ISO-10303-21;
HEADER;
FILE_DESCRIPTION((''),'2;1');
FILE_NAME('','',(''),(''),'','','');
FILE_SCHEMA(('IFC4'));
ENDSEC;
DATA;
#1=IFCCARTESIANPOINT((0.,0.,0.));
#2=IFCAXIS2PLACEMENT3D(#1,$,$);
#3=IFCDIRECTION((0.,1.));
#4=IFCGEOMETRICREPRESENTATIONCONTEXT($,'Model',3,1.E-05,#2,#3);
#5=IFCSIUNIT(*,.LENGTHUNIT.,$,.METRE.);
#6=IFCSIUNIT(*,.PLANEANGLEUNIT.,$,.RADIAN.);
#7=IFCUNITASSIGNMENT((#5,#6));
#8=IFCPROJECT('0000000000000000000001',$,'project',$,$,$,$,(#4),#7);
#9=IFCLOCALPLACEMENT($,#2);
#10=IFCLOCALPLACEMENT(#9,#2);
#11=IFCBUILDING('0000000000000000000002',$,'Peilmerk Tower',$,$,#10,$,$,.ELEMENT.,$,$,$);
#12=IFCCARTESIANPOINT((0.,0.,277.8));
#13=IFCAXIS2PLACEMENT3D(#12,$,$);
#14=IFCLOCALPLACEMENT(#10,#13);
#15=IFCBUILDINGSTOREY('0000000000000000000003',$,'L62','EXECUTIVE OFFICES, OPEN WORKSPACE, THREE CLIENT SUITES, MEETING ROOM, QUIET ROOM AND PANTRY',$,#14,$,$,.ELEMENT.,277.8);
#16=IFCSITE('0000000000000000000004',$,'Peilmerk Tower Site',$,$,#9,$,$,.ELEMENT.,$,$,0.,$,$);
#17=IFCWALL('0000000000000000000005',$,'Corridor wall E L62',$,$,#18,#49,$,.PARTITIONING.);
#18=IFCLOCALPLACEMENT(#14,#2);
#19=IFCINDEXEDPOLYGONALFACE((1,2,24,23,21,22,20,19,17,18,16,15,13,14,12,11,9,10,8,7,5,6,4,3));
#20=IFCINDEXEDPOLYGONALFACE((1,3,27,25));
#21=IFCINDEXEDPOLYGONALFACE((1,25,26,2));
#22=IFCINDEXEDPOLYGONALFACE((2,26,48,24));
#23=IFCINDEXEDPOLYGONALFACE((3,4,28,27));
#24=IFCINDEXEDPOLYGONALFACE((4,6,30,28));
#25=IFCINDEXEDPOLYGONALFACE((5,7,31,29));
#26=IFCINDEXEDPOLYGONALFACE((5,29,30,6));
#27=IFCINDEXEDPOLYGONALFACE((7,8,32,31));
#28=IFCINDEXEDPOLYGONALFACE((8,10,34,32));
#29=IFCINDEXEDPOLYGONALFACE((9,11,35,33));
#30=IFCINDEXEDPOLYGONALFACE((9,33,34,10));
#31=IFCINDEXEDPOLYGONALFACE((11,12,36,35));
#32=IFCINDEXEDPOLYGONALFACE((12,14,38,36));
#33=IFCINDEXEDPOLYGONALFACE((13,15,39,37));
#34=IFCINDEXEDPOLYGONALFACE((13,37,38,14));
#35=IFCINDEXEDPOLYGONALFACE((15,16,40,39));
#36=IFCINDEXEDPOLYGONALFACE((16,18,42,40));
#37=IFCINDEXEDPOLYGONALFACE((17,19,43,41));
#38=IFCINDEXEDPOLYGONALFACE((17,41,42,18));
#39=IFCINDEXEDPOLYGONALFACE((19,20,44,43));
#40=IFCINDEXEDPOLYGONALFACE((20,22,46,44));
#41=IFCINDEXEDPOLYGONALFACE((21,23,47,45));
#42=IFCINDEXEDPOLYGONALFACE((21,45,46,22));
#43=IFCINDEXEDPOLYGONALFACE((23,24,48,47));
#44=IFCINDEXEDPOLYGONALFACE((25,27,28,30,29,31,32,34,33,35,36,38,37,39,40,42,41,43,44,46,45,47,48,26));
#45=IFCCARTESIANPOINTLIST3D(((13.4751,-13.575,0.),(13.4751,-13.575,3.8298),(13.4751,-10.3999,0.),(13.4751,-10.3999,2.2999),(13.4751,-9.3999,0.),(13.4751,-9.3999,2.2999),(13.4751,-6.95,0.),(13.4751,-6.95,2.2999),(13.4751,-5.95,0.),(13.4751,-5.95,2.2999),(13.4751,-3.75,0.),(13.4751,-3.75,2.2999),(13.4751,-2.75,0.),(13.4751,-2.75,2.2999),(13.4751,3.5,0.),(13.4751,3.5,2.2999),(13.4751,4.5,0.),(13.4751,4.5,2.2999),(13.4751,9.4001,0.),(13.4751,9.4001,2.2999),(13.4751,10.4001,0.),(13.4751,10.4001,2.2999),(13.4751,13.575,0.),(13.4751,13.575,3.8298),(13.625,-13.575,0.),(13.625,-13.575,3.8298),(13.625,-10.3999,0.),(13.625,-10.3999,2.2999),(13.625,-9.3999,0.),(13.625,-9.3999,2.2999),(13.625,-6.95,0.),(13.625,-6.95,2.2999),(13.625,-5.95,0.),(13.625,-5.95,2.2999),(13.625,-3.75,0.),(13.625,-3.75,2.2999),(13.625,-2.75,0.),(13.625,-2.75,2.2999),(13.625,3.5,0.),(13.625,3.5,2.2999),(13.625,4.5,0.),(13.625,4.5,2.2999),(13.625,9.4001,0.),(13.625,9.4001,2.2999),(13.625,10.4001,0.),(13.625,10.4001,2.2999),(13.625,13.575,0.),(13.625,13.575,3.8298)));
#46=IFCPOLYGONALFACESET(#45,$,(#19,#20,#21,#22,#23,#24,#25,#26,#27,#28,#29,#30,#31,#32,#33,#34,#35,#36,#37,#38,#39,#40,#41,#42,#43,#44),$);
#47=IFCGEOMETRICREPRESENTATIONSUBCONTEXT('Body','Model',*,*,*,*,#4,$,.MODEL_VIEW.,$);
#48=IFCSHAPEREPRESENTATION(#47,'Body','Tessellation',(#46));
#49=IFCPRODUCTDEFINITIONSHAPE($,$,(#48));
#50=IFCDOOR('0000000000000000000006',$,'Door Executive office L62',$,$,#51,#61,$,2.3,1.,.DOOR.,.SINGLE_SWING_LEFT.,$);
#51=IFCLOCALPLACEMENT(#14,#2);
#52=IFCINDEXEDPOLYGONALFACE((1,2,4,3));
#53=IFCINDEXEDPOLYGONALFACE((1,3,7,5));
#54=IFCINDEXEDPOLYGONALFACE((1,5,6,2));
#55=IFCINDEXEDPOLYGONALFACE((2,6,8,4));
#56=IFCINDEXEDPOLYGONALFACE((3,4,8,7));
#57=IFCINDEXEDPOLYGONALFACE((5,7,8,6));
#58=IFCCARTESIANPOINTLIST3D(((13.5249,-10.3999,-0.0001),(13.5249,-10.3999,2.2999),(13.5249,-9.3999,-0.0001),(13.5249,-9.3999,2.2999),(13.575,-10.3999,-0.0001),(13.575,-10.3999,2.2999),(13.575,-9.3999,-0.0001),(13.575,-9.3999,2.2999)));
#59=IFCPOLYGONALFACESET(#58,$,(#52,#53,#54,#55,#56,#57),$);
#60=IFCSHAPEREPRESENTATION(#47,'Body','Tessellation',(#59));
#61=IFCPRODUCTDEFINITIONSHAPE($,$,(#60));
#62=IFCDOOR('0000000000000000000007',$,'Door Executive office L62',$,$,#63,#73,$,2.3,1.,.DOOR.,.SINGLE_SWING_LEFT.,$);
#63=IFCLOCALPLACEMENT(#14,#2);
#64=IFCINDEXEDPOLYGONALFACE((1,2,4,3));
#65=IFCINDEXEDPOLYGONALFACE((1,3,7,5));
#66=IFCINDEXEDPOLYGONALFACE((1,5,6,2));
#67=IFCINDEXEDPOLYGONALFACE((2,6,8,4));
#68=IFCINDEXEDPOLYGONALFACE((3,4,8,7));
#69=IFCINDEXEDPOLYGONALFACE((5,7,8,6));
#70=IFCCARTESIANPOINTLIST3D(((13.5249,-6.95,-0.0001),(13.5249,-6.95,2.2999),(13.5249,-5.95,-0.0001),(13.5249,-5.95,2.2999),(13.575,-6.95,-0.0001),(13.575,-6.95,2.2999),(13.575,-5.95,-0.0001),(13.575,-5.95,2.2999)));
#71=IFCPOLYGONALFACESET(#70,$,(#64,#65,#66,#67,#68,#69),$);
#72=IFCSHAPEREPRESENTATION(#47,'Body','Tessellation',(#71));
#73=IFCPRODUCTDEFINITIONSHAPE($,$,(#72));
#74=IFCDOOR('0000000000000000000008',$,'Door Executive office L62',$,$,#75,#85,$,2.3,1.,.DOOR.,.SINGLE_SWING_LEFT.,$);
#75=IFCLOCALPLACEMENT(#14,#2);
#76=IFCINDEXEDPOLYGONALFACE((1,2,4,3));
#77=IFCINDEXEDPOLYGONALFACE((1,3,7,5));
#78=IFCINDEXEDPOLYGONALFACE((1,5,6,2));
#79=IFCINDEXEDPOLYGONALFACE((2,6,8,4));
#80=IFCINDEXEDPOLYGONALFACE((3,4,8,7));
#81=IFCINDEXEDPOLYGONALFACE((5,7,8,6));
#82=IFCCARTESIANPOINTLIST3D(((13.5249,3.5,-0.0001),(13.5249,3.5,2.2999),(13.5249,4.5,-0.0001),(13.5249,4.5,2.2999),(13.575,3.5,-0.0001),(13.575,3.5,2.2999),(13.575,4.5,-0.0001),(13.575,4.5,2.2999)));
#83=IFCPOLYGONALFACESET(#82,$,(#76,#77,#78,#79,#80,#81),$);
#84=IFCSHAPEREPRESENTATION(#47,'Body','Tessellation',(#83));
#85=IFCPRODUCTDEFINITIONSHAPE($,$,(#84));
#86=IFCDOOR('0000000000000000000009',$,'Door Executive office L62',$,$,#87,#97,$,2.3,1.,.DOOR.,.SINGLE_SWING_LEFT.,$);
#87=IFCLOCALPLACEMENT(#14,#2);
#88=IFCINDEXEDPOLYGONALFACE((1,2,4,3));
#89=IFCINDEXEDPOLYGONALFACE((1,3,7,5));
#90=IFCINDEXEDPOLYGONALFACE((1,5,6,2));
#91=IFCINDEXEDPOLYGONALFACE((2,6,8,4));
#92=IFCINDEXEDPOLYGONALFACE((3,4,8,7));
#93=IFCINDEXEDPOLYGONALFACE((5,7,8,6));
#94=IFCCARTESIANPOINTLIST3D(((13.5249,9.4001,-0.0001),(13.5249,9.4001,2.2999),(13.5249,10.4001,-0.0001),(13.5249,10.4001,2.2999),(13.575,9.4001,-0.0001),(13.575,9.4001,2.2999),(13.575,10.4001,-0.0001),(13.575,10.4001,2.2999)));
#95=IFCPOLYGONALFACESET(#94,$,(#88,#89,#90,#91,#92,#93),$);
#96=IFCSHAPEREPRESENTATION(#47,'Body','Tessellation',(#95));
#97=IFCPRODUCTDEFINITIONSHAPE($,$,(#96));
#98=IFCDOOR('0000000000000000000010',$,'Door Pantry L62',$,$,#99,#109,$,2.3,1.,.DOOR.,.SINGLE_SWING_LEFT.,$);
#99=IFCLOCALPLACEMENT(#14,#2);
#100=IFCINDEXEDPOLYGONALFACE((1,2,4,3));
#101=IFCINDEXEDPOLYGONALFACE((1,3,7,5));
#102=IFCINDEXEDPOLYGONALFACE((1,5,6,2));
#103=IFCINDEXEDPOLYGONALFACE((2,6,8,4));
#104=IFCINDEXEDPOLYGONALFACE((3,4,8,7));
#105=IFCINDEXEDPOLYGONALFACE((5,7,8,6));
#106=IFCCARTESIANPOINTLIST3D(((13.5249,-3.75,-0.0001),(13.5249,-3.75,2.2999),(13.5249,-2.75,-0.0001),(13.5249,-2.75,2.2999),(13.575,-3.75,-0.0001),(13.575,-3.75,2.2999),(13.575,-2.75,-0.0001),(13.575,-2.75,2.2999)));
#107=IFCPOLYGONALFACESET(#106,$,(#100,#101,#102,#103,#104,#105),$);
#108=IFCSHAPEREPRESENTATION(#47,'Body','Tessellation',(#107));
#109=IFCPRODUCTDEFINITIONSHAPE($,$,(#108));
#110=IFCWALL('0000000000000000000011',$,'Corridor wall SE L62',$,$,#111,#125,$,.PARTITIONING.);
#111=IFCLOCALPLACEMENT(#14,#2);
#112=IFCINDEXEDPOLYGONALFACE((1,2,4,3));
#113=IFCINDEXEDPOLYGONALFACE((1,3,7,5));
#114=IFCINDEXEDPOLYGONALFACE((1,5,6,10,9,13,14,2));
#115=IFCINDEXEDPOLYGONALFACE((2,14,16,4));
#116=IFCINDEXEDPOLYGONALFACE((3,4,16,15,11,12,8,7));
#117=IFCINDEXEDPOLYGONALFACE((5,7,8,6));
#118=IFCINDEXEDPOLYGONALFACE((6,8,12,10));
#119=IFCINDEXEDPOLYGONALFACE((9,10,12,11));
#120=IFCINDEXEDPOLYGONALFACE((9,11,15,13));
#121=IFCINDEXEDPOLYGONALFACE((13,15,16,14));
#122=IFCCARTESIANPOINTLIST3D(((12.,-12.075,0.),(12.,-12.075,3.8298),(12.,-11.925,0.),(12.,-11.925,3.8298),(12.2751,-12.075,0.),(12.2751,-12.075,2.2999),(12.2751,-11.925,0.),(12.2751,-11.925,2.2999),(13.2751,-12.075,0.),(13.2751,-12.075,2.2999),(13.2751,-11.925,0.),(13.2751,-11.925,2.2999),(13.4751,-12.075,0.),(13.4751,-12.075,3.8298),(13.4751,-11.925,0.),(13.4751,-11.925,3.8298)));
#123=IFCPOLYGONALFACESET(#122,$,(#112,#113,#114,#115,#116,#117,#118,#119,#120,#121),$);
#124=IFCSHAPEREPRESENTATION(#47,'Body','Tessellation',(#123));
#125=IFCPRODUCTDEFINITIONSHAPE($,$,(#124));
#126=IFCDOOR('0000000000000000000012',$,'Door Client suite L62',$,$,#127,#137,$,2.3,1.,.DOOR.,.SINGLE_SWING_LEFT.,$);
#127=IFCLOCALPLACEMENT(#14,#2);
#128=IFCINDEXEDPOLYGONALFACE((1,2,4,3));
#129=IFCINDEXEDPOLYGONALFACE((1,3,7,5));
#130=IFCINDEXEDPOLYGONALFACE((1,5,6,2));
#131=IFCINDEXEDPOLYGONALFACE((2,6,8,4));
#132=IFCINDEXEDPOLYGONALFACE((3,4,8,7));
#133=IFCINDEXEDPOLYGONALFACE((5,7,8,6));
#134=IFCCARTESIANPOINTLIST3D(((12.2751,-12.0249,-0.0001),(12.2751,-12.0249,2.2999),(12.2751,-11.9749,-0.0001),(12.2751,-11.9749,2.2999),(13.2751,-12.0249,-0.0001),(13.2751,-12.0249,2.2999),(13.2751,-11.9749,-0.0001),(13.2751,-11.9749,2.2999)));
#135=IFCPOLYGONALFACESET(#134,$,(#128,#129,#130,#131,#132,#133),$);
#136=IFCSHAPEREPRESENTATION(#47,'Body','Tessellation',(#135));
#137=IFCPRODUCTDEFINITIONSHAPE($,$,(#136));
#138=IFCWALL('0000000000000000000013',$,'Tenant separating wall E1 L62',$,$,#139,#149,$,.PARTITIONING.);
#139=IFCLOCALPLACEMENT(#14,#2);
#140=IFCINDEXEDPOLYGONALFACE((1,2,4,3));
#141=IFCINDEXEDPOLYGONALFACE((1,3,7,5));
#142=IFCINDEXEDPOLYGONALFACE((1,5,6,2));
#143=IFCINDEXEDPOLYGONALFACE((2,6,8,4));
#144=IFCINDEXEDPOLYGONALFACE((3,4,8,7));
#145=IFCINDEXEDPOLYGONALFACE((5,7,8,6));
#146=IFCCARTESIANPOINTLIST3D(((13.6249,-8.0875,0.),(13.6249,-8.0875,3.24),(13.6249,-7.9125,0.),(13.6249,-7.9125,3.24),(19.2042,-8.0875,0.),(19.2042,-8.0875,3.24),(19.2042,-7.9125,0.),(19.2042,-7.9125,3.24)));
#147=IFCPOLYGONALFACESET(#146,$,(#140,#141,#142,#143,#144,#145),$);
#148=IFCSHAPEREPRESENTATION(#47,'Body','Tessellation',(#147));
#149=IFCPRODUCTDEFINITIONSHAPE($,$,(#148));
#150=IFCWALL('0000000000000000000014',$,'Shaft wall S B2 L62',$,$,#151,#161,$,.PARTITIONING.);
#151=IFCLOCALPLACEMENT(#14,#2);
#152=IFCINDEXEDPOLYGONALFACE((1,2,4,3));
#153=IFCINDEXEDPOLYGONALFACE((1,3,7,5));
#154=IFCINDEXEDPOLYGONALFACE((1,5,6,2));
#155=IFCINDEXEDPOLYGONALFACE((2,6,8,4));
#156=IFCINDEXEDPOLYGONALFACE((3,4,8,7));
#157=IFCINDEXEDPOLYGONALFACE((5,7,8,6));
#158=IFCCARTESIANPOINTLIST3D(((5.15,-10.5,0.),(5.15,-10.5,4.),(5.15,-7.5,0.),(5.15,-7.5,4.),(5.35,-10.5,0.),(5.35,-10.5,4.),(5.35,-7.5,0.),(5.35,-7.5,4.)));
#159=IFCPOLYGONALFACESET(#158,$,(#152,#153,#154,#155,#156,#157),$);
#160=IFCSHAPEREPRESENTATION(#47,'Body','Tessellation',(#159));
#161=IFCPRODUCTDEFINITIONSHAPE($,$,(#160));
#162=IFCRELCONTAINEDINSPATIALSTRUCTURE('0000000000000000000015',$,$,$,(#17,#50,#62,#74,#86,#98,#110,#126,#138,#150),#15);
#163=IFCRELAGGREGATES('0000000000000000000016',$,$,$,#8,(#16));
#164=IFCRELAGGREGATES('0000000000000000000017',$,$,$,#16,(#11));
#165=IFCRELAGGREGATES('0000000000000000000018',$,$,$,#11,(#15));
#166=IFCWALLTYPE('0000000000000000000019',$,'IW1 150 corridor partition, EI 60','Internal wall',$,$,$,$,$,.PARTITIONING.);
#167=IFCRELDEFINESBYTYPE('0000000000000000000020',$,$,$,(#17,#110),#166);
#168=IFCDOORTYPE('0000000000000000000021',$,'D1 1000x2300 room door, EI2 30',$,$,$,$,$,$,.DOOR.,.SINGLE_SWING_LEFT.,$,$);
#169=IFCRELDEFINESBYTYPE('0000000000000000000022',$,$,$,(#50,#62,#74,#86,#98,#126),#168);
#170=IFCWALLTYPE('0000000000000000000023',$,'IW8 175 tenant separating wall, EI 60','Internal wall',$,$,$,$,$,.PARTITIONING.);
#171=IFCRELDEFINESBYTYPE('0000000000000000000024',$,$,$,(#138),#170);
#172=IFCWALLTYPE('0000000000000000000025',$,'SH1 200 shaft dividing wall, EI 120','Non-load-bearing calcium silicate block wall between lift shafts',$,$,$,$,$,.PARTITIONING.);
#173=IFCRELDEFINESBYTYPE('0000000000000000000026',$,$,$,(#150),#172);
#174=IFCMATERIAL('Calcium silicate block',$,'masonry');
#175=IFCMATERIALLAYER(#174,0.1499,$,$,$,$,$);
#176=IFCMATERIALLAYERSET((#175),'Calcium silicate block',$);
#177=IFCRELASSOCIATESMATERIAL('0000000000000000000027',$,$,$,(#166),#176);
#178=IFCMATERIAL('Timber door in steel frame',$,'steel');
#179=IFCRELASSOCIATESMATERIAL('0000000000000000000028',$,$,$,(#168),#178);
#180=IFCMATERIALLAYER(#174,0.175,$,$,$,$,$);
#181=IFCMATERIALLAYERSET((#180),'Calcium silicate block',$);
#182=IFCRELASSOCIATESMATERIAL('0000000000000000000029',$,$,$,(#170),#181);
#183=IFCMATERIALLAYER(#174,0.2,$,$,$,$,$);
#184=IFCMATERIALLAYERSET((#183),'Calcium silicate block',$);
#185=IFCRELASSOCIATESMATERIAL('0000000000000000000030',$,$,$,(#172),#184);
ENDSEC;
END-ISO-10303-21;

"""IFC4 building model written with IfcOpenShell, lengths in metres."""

from ifc_helpers import new_model, si_unit, direction, frame, frame_2d, origin, place, context, subcontext, project, spatial, rectangle, extrude, material, layer, layer_set, type_object, element, fill, save


model = new_model("IFC4")

# Units and contexts
model_context = context("Model", 3, precision=1e-05, world=origin(), true_north=direction((0.0, 1.0)))
body_context = subcontext(model_context, "Body", "Model", "MODEL_VIEW")
ifc_project = project(units=[si_unit("LENGTHUNIT", "METRE"), si_unit("PLANEANGLEUNIT", "RADIAN")], contexts=[model_context])

# Site, building, storey
site_placement = place(None, origin())
site = spatial("IfcSite", under=ifc_project, at=site_placement, Name="Peilmerk Tower Site", CompositionType="ELEMENT", RefElevation=0.0)
building_placement = place(site_placement, origin())
building = spatial("IfcBuilding", under=site, at=building_placement, Name="Peilmerk Tower", CompositionType="ELEMENT")
storey_placement = place(building_placement, frame((0.0, 0.0, 277.8)))
storey = spatial("IfcBuildingStorey", under=building, at=storey_placement, Name="L62", Description="EXECUTIVE OFFICES, OPEN WORKSPACE, THREE CLIENT SUITES, MEETING ROOM, QUIET ROOM AND PANTRY", CompositionType="ELEMENT", Elevation=277.8)

# Wall, openings, doors
ifc_material_1 = material(Name="Calcium silicate block", Category="masonry")
ifc_layer_1 = layer(ifc_material_1, 0.1499)
ifc_layer_set_1 = layer_set([ifc_layer_1], Name="Calcium silicate block")
wall_type_1 = type_object("IfcWallType", Name="IW1 150 corridor partition, EI 60", Description="Internal wall", PredefinedType="PARTITIONING", material=ifc_layer_set_1)
wall_1_placement = place(storey_placement, frame((13.55, -13.575, 0.0), z_axis=(0.0, 0.0, 1.0), x_axis=(0.0, 1.0, 0.0)))
wall_1 = element("IfcWall", 1, at=wall_1_placement, inside=storey, type_object=wall_type_1, Name="Corridor wall E L62", PredefinedType="PARTITIONING", context=body_context, shape_type="SweptSolid", body=[
    extrude(rectangle(XDim=27.1499, YDim=0.1499, at=frame_2d((13.575, 0.0))), origin(), (0.0, 0.0, 1.0), 3.8298),
])
opening_1_placement = place(wall_1_placement, frame((3.175, 0.0, 0.0)))
opening_1 = element("IfcOpeningElement", 2, at=opening_1_placement, cuts=wall_1, PredefinedType="OPENING", context=body_context, shape_type="SweptSolid", body=[
    extrude(rectangle(XDim=1.0, YDim=2.3, at=frame_2d((0.5, 1.1499))), frame((0.0, 0.085, 0.0), z_axis=(0.0, -1.0, 0.0), x_axis=(1.0, 0.0, 0.0)), (0.0, 0.0, 1.0), 0.1699),
])
opening_2_placement = place(wall_1_placement, frame((6.625, 0.0, 0.0)))
opening_2 = element("IfcOpeningElement", 3, at=opening_2_placement, cuts=wall_1, PredefinedType="OPENING", context=body_context, shape_type="SweptSolid", body=[
    extrude(rectangle(XDim=1.0, YDim=2.3, at=frame_2d((0.5, 1.1499))), frame((0.0, 0.085, 0.0), z_axis=(0.0, -1.0, 0.0), x_axis=(1.0, 0.0, 0.0)), (0.0, 0.0, 1.0), 0.1699),
])
opening_3_placement = place(wall_1_placement, frame((17.075, 0.0, 0.0)))
opening_3 = element("IfcOpeningElement", 4, at=opening_3_placement, cuts=wall_1, PredefinedType="OPENING", context=body_context, shape_type="SweptSolid", body=[
    extrude(rectangle(XDim=1.0, YDim=2.3, at=frame_2d((0.5, 1.1499))), frame((0.0, 0.085, 0.0), z_axis=(0.0, -1.0, 0.0), x_axis=(1.0, 0.0, 0.0)), (0.0, 0.0, 1.0), 0.1699),
])
opening_4_placement = place(wall_1_placement, frame((22.9751, 0.0, 0.0)))
opening_4 = element("IfcOpeningElement", 5, at=opening_4_placement, cuts=wall_1, PredefinedType="OPENING", context=body_context, shape_type="SweptSolid", body=[
    extrude(rectangle(XDim=1.0, YDim=2.3, at=frame_2d((0.5, 1.1499))), frame((0.0, 0.085, 0.0), z_axis=(0.0, -1.0, 0.0), x_axis=(1.0, 0.0, 0.0)), (0.0, 0.0, 1.0), 0.1699),
])
opening_5_placement = place(wall_1_placement, frame((9.825, 0.0, 0.0)))
opening_5 = element("IfcOpeningElement", 6, at=opening_5_placement, cuts=wall_1, PredefinedType="OPENING", context=body_context, shape_type="SweptSolid", body=[
    extrude(rectangle(XDim=1.0, YDim=2.3, at=frame_2d((0.5, 1.1499))), frame((0.0, 0.085, 0.0), z_axis=(0.0, -1.0, 0.0), x_axis=(1.0, 0.0, 0.0)), (0.0, 0.0, 1.0), 0.1699),
])
ifc_material_2 = material(Name="Timber door in steel frame", Category="steel")
door_type_1 = type_object("IfcDoorType", Name="D1 1000x2300 room door, EI2 30", OperationType="SINGLE_SWING_LEFT", PredefinedType="DOOR", material=ifc_material_2)
door_1_placement = place(opening_1_placement, frame((1.0, 0.0, 0.0), z_axis=(0.0, 0.0, 1.0), x_axis=(-1.0, 0.0, 0.0)))
door_1 = element("IfcDoor", 7, at=door_1_placement, inside=storey, type_object=door_type_1, Name="Door Executive office L62", OperationType="SINGLE_SWING_LEFT", OverallHeight=2.3, OverallWidth=1.0, PredefinedType="DOOR", context=body_context, shape_type="SweptSolid", body=[
    extrude(rectangle(XDim=1.0, YDim=2.3, at=frame_2d((0.5, 1.1499))), frame((0.0, 0.0249, 0.0), z_axis=(0.0, -1.0, 0.0), x_axis=(1.0, 0.0, 0.0)), (0.0, 0.0, 1.0), 0.05),
])
fill(opening_1, door_1)
door_2_placement = place(opening_2_placement, frame((1.0, 0.0, 0.0), z_axis=(0.0, 0.0, 1.0), x_axis=(-1.0, 0.0, 0.0)))
door_2 = element("IfcDoor", 8, at=door_2_placement, inside=storey, type_object=door_type_1, Name="Door Executive office L62", OperationType="SINGLE_SWING_LEFT", OverallHeight=2.3, OverallWidth=1.0, PredefinedType="DOOR", context=body_context, shape_type="SweptSolid", body=[
    extrude(rectangle(XDim=1.0, YDim=2.3, at=frame_2d((0.5, 1.1499))), frame((0.0, 0.0249, 0.0), z_axis=(0.0, -1.0, 0.0), x_axis=(1.0, 0.0, 0.0)), (0.0, 0.0, 1.0), 0.05),
])
fill(opening_2, door_2)
door_3_placement = place(opening_3_placement, frame((1.0, 0.0, 0.0), z_axis=(0.0, 0.0, 1.0), x_axis=(-1.0, 0.0, 0.0)))
door_3 = element("IfcDoor", 9, at=door_3_placement, inside=storey, type_object=door_type_1, Name="Door Executive office L62", OperationType="SINGLE_SWING_LEFT", OverallHeight=2.3, OverallWidth=1.0, PredefinedType="DOOR", context=body_context, shape_type="SweptSolid", body=[
    extrude(rectangle(XDim=1.0, YDim=2.3, at=frame_2d((0.5, 1.1499))), frame((0.0, 0.0249, 0.0), z_axis=(0.0, -1.0, 0.0), x_axis=(1.0, 0.0, 0.0)), (0.0, 0.0, 1.0), 0.05),
])
fill(opening_3, door_3)
door_4_placement = place(opening_4_placement, frame((1.0, 0.0, 0.0), z_axis=(0.0, 0.0, 1.0), x_axis=(-1.0, 0.0, 0.0)))
door_4 = element("IfcDoor", 10, at=door_4_placement, inside=storey, type_object=door_type_1, Name="Door Executive office L62", OperationType="SINGLE_SWING_LEFT", OverallHeight=2.3, OverallWidth=1.0, PredefinedType="DOOR", context=body_context, shape_type="SweptSolid", body=[
    extrude(rectangle(XDim=1.0, YDim=2.3, at=frame_2d((0.5, 1.1499))), frame((0.0, 0.0249, 0.0), z_axis=(0.0, -1.0, 0.0), x_axis=(1.0, 0.0, 0.0)), (0.0, 0.0, 1.0), 0.05),
])
fill(opening_4, door_4)
door_5_placement = place(opening_5_placement, frame((1.0, 0.0, 0.0), z_axis=(0.0, 0.0, 1.0), x_axis=(-1.0, 0.0, 0.0)))
door_5 = element("IfcDoor", 11, at=door_5_placement, inside=storey, type_object=door_type_1, Name="Door Pantry L62", OperationType="SINGLE_SWING_LEFT", OverallHeight=2.3, OverallWidth=1.0, PredefinedType="DOOR", context=body_context, shape_type="SweptSolid", body=[
    extrude(rectangle(XDim=1.0, YDim=2.3, at=frame_2d((0.5, 1.1499))), frame((0.0, 0.0249, 0.0), z_axis=(0.0, -1.0, 0.0), x_axis=(1.0, 0.0, 0.0)), (0.0, 0.0, 1.0), 0.05),
])
fill(opening_5, door_5)

# Wall, opening, door
wall_2_placement = place(storey_placement, frame((13.4751, -12.0, 0.0), z_axis=(0.0, 0.0, 1.0), x_axis=(-1.0, 0.0, 0.0)))
wall_2 = element("IfcWall", 12, at=wall_2_placement, inside=storey, type_object=wall_type_1, Name="Corridor wall SE L62", PredefinedType="PARTITIONING", context=body_context, shape_type="SweptSolid", body=[
    extrude(rectangle(XDim=1.4751, YDim=0.1499, at=frame_2d((0.7375, 0.0))), origin(), (0.0, 0.0, 1.0), 3.8298),
])
opening_6_placement = place(wall_2_placement, frame((0.2, 0.0, 0.0)))
opening_6 = element("IfcOpeningElement", 13, at=opening_6_placement, cuts=wall_2, PredefinedType="OPENING", context=body_context, shape_type="SweptSolid", body=[
    extrude(rectangle(XDim=1.0, YDim=2.3, at=frame_2d((0.5, 1.1499))), frame((0.0, 0.085, 0.0), z_axis=(0.0, -1.0, 0.0), x_axis=(1.0, 0.0, 0.0)), (0.0, 0.0, 1.0), 0.1699),
])
door_6_placement = place(opening_6_placement, origin())
door_6 = element("IfcDoor", 14, at=door_6_placement, inside=storey, type_object=door_type_1, Name="Door Client suite L62", OperationType="SINGLE_SWING_LEFT", OverallHeight=2.3, OverallWidth=1.0, PredefinedType="DOOR", context=body_context, shape_type="SweptSolid", body=[
    extrude(rectangle(XDim=1.0, YDim=2.3, at=frame_2d((0.5, 1.1499))), frame((0.0, 0.0249, 0.0), z_axis=(0.0, -1.0, 0.0), x_axis=(1.0, 0.0, 0.0)), (0.0, 0.0, 1.0), 0.05),
])
fill(opening_6, door_6)

# Walls
ifc_layer_2 = layer(ifc_material_1, 0.175)
ifc_layer_set_2 = layer_set([ifc_layer_2], Name="Calcium silicate block")
wall_type_2 = type_object("IfcWallType", Name="IW8 175 tenant separating wall, EI 60", Description="Internal wall", PredefinedType="PARTITIONING", material=ifc_layer_set_2)
wall_3_placement = place(storey_placement, frame((13.625, -8.0, 0.0), z_axis=(0.0, 0.0, 1.0), x_axis=(1.0, 0.0, 0.0)))
element("IfcWall", 15, at=wall_3_placement, inside=storey, type_object=wall_type_2, Name="Tenant separating wall E1 L62", PredefinedType="PARTITIONING", context=body_context, shape_type="SweptSolid", body=[
    extrude(rectangle(XDim=5.5793, YDim=0.175, at=frame_2d((2.7896, 0.0))), origin(), (0.0, 0.0, 1.0), 3.24),
])
ifc_layer_3 = layer(ifc_material_1, 0.2)
ifc_layer_set_3 = layer_set([ifc_layer_3], Name="Calcium silicate block")
wall_type_3 = type_object("IfcWallType", Name="SH1 200 shaft dividing wall, EI 120", Description="Non-load-bearing calcium silicate block wall between lift shafts", PredefinedType="PARTITIONING", material=ifc_layer_set_3)
for number, where, z_axis, x_axis, name in (
    (16, (5.25, -10.5, 0.0), (0.0, 0.0, 1.0), (0.0, 1.0, 0.0), "Shaft wall S B2 L62"),
):
    element("IfcWall", number, at=place(storey_placement, frame(where, z_axis=z_axis, x_axis=x_axis)), inside=storey, type_object=wall_type_3, Name=name, PredefinedType="PARTITIONING", context=body_context, shape_type="SweptSolid", body=[
        extrude(rectangle(XDim=3.0, YDim=0.2, at=frame_2d((1.5, 0.0))), origin(), (0.0, 0.0, 1.0), 4.0),
    ])

save(model, "model.ifc")
